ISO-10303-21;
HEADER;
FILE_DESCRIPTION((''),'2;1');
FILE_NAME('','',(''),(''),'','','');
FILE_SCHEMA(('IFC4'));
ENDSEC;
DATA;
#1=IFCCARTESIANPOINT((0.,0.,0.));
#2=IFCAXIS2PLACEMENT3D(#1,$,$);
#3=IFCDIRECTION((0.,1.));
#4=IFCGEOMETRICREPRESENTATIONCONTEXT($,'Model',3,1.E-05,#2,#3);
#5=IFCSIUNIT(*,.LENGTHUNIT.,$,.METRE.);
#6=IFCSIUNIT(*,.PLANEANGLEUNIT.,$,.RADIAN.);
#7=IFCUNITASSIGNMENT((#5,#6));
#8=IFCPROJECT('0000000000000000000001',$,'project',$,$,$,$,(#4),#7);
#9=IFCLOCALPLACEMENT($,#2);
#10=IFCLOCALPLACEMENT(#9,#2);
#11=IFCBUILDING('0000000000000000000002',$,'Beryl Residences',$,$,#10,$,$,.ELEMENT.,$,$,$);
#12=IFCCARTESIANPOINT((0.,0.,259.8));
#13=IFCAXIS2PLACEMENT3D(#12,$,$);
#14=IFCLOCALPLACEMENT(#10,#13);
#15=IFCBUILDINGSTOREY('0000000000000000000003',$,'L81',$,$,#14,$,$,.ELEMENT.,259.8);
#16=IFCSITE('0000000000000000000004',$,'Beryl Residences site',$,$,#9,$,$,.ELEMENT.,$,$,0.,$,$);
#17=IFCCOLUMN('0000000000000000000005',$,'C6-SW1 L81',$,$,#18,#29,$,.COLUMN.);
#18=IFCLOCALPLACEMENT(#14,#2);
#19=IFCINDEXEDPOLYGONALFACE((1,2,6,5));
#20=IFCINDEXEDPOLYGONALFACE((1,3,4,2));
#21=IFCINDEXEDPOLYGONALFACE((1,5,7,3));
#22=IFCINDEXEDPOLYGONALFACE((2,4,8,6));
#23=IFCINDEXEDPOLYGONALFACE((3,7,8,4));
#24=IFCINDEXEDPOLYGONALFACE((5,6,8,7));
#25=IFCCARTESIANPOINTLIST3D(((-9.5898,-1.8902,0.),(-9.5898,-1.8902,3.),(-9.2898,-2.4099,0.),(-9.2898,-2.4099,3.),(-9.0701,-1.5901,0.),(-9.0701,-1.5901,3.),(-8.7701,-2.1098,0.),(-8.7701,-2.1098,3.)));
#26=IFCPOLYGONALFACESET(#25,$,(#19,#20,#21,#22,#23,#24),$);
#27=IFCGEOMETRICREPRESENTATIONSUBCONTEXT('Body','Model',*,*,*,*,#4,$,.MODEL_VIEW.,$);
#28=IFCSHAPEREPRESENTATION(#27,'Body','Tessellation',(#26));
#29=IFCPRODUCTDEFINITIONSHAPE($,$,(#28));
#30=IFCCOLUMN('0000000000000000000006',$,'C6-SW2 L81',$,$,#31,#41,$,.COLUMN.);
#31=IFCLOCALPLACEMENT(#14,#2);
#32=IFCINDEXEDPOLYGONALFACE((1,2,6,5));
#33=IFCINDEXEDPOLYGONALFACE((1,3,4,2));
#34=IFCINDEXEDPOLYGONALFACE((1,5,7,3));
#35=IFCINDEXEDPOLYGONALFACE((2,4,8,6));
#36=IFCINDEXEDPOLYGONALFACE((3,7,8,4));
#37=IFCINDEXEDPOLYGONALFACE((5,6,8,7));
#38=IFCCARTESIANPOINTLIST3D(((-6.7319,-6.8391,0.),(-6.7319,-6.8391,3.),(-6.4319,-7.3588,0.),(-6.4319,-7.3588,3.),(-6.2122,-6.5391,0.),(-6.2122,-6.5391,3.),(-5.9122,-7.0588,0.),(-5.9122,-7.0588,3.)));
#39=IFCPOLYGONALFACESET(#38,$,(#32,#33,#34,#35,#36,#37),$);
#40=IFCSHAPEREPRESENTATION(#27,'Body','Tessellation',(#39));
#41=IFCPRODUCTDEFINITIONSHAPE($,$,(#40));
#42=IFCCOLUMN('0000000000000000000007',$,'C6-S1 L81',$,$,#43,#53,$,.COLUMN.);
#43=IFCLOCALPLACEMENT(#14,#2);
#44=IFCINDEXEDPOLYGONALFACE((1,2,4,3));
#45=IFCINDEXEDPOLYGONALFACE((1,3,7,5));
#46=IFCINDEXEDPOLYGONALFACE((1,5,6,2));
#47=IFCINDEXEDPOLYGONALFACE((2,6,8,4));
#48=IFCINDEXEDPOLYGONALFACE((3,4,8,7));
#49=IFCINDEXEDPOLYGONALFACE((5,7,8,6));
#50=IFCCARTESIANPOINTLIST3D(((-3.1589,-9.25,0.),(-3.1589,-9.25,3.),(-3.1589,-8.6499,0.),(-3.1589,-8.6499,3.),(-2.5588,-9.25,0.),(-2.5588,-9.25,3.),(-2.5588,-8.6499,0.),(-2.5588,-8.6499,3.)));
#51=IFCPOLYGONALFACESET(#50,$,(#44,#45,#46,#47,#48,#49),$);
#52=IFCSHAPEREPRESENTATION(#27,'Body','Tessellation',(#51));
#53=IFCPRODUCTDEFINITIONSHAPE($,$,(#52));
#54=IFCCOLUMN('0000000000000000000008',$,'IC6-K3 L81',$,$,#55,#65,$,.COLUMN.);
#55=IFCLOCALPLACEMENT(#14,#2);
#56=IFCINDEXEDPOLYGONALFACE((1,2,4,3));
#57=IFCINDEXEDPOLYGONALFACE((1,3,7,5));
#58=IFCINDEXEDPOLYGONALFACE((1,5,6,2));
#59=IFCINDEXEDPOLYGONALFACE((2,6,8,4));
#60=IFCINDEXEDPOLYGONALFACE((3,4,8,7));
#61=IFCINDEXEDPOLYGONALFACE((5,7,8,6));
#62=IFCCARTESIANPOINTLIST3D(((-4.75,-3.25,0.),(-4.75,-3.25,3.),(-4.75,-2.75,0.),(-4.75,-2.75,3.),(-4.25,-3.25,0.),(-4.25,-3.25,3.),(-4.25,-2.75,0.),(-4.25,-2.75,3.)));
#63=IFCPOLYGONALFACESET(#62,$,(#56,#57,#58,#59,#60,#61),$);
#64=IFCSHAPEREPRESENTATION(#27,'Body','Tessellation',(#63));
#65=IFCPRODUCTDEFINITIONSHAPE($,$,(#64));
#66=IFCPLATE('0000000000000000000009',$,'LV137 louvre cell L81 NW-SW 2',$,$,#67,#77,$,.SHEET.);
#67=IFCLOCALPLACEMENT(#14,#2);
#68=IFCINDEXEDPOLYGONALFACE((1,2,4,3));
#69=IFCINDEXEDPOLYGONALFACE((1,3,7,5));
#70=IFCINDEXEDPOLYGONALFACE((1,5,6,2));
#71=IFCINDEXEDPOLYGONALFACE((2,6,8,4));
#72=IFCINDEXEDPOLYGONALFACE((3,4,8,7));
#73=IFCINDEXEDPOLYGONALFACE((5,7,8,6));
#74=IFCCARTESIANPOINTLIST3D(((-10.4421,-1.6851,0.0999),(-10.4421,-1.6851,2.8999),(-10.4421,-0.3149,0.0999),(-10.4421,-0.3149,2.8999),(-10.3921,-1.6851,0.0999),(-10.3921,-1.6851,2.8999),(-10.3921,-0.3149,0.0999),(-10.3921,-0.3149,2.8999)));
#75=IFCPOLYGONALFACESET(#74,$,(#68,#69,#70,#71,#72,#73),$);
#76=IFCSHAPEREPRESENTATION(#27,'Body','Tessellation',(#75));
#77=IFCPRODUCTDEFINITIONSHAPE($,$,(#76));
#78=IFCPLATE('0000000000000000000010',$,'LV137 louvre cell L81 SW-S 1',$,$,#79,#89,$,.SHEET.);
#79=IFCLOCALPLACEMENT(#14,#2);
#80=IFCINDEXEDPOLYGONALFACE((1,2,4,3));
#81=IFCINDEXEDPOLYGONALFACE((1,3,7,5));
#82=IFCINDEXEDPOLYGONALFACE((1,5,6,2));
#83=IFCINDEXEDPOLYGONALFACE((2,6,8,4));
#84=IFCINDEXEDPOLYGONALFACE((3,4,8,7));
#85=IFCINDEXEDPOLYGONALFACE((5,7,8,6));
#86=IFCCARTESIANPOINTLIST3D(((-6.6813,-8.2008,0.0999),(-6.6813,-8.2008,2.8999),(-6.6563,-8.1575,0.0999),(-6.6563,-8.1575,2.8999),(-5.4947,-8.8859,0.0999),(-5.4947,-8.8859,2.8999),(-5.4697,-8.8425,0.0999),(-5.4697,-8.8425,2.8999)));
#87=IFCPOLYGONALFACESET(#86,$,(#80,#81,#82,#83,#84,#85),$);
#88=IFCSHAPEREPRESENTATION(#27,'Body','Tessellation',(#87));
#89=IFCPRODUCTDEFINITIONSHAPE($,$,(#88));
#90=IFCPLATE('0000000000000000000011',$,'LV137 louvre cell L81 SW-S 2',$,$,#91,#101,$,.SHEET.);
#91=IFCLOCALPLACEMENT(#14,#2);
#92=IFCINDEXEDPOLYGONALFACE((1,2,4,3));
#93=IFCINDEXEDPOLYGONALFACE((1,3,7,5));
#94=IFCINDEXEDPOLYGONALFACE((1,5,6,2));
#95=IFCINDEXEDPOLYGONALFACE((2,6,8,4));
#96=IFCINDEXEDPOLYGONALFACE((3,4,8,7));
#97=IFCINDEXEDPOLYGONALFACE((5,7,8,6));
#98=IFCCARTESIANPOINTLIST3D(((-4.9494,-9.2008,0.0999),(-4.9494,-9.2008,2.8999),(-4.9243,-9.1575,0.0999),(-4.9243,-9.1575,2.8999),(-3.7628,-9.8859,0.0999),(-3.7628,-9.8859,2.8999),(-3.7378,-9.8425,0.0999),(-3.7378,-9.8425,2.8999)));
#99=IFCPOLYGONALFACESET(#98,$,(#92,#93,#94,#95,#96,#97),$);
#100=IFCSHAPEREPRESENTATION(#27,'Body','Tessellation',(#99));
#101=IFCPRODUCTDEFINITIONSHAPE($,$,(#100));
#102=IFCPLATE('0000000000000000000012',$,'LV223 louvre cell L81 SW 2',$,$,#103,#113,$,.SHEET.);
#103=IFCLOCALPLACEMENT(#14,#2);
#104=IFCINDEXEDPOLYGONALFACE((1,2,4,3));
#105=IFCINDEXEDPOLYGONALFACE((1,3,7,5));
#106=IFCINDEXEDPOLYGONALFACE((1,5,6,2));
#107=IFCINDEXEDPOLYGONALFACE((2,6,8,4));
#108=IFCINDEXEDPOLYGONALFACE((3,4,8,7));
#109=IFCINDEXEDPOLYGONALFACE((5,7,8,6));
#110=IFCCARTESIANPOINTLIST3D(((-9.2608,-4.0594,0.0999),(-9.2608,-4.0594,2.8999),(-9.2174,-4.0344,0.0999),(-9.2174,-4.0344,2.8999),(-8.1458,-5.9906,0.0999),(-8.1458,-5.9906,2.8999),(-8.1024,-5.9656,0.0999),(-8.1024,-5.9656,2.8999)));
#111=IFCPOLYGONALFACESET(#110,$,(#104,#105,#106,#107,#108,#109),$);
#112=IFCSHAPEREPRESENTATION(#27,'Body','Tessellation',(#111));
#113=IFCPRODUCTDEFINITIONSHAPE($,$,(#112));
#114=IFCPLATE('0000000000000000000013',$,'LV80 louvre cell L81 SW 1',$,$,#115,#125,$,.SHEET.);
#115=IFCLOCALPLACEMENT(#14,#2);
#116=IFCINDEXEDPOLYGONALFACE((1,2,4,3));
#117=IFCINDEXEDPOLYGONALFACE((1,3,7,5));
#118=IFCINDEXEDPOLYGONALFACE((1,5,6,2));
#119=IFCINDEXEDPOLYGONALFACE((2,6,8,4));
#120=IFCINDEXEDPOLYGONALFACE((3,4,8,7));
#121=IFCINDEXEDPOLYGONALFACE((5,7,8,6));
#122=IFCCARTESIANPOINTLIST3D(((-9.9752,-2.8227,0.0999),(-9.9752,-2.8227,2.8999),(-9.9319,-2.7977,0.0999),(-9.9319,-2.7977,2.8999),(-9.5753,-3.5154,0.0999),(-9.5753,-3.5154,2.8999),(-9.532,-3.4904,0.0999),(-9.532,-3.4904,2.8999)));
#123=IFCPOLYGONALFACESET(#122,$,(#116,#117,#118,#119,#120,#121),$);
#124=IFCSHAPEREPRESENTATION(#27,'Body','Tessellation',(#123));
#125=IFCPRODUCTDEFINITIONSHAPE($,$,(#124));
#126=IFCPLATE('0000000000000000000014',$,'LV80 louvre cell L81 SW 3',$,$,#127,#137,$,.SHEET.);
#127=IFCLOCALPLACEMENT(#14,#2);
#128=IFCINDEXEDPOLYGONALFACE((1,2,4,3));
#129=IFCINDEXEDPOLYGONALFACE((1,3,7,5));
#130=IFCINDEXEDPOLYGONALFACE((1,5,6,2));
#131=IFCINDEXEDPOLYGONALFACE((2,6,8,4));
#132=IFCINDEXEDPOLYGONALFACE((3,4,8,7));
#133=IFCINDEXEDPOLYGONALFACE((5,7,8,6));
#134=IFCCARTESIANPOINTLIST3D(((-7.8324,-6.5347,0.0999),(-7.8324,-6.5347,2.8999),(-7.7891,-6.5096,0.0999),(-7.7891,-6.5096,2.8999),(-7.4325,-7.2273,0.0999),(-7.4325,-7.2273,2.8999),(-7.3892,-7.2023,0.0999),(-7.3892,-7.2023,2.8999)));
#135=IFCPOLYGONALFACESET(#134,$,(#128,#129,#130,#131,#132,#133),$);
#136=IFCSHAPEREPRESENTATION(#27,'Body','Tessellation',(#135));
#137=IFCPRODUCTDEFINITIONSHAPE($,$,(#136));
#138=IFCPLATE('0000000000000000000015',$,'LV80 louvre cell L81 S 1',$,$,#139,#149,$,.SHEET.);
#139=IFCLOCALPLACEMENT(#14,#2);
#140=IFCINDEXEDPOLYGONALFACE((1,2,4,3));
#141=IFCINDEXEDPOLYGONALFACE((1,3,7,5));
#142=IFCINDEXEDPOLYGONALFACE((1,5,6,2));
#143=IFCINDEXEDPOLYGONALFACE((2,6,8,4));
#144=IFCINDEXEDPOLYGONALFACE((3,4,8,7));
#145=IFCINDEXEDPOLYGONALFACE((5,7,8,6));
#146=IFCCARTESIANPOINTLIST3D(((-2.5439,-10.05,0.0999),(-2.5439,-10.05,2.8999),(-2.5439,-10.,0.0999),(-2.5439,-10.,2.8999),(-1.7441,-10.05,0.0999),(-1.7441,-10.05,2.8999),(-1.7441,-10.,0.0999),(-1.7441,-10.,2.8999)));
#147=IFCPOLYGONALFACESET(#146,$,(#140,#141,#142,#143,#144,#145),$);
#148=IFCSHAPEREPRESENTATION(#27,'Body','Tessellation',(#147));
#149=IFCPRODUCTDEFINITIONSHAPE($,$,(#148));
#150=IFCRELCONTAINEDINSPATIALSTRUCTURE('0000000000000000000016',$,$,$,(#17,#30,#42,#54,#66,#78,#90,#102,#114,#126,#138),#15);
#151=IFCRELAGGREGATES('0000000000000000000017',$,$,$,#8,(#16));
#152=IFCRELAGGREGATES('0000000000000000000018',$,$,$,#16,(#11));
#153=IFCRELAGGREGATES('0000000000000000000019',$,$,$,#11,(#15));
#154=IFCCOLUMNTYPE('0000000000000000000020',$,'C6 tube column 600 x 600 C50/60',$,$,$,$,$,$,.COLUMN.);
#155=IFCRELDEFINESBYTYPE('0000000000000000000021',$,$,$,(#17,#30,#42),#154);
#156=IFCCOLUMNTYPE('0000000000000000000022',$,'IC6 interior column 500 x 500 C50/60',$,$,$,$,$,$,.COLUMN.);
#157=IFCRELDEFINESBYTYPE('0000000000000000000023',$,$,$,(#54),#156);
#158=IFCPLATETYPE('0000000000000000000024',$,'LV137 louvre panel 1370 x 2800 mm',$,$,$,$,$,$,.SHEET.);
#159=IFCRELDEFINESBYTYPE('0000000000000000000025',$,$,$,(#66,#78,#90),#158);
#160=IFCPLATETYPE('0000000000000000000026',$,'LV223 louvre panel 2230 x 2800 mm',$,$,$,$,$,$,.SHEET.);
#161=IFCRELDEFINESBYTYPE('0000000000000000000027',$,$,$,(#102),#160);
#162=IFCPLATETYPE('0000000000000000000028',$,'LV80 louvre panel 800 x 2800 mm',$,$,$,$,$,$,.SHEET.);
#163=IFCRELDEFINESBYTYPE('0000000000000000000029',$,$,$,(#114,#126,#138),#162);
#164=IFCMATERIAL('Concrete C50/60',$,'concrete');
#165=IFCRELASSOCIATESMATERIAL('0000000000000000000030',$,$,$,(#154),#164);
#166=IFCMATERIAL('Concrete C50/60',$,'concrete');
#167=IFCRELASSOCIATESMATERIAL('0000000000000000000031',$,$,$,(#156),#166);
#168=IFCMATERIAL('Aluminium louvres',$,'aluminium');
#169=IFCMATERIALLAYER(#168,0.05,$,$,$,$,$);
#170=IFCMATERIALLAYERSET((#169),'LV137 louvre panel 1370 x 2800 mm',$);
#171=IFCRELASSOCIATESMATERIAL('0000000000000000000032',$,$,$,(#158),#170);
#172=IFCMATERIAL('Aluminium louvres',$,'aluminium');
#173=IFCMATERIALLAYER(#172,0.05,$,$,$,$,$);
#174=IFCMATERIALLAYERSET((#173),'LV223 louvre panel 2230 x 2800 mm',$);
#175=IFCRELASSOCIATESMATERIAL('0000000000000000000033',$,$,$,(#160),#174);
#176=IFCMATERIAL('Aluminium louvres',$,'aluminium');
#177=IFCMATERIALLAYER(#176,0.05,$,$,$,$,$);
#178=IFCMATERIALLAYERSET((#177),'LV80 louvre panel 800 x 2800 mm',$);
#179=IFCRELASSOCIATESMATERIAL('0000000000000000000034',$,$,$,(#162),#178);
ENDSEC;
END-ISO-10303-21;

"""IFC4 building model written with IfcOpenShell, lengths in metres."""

from ifc_helpers import new_model, si_unit, direction, frame, origin, origin_2d, place, context, subcontext, project, spatial, polyline, rectangle, outline, extrude, source, transform, mapped, material, layer, layer_set, material_profile, profile_set, type_object, type_shapes, element, save


model = new_model("IFC4")

# Units and contexts
model_context = context("Model", 3, precision=1e-05, world=origin(), true_north=direction((0.0, 1.0)))
body_context = subcontext(model_context, "Body", "Model", "MODEL_VIEW")
ifc_project = project(units=[si_unit("LENGTHUNIT", "METRE"), si_unit("PLANEANGLEUNIT", "RADIAN")], contexts=[model_context])

# Site, building, storey
site_placement = place(None, origin())
site = spatial("IfcSite", under=ifc_project, at=site_placement, Name="Beryl Residences site", CompositionType="ELEMENT", RefElevation=0.0)
building_placement = place(site_placement, origin())
building = spatial("IfcBuilding", under=site, at=building_placement, Name="Beryl Residences", CompositionType="ELEMENT")
storey_placement = place(building_placement, frame((0.0, 0.0, 259.8)))
storey = spatial("IfcBuildingStorey", under=building, at=storey_placement, Name="L81", CompositionType="ELEMENT", Elevation=259.8)

# Columns
ifc_material_1 = material(Name="Concrete C50/60", Category="concrete")
ifc_material_profile_1 = material_profile(ifc_material_1, rectangle(XDim=0.6001, YDim=0.6001, at=origin_2d()))
ifc_profile_set_1 = profile_set([ifc_material_profile_1], Name="Concrete C50/60")
column_type_1 = type_object("IfcColumnType", Name="C6 tube column 600 x 600 C50/60", PredefinedType="COLUMN", material=ifc_profile_set_1)
for number, where, z_axis, x_axis, name in (
    (1, (-9.1799, -2.0, 0.0), (0.0, 0.0, 1.0), (0.49997, -0.866043, 0.0), "C6-SW1 L81"),
    (2, (-6.322, -6.949, 0.0), (0.0, 0.0, 1.0), (0.49997, -0.866043, 0.0), "C6-SW2 L81"),
    (3, (-2.8589, -8.95, 0.0), (0.0, 0.0, 1.0), (1.0, 0.0, 0.0), "C6-S1 L81"),
):
    element("IfcColumn", number, at=place(storey_placement, frame(where, z_axis=z_axis, x_axis=x_axis)), inside=storey, type_object=column_type_1, Name=name, PredefinedType="COLUMN", context=body_context, shape_type="SweptSolid", body=[
        extrude(rectangle(XDim=0.6001, YDim=0.6001, at=origin_2d()), origin(), (0.0, 0.0, 1.0), 3.0),
    ])
ifc_material_2 = material(Name="Concrete C50/60", Category="concrete")
ifc_material_profile_2 = material_profile(ifc_material_2, rectangle(XDim=0.5, YDim=0.5, at=origin_2d()))
ifc_profile_set_2 = profile_set([ifc_material_profile_2], Name="Concrete C50/60")
column_type_2 = type_object("IfcColumnType", Name="IC6 interior column 500 x 500 C50/60", PredefinedType="COLUMN", material=ifc_profile_set_2)
column_placement = place(storey_placement, frame((-4.5, -3.0, 0.0), z_axis=(0.0, 0.0, 1.0), x_axis=(1.0, 0.0, 0.0)))
element("IfcColumn", 4, at=column_placement, inside=storey, type_object=column_type_2, Name="IC6-K3 L81", PredefinedType="COLUMN", context=body_context, shape_type="SweptSolid", body=[
    extrude(rectangle(XDim=0.5, YDim=0.5, at=origin_2d()), origin(), (0.0, 0.0, 1.0), 3.0),
])

# Plates
ifc_material_3 = material(Name="Aluminium louvres", Category="aluminium")
ifc_layer_1 = layer(ifc_material_3, 0.05)
ifc_layer_set_1 = layer_set([ifc_layer_1], Name="LV137 louvre panel 1370 x 2800 mm")
plate_type_1 = type_object("IfcPlateType", Name="LV137 louvre panel 1370 x 2800 mm", PredefinedType="SHEET", material=ifc_layer_set_1)
shared_shape_1 = source(origin(), body_context, "Body", "SweptSolid", [
    extrude(outline(polyline([(-0.6851, 0.0), (0.6851, 0.0), (0.6851, 0.05), (-0.6851, 0.05), (-0.6851, 0.0)])), origin(), (0.0, 0.0, 1.0), 2.8),
])
type_shapes(plate_type_1, [shared_shape_1])
for number, where, z_axis, x_axis, name in (
    (5, (-10.3921, -1.0, 0.0999), (0.0, 0.0, 1.0), (0.0, 1.0, 0.0), "LV137 louvre cell L81 NW-SW 2"),
    (6, (-6.063, -8.5, 0.0999), (0.0, 0.0, 1.0), (-0.866025, 0.5, 0.0), "LV137 louvre cell L81 SW-S 1"),
    (7, (-4.3311, -9.5, 0.0999), (0.0, 0.0, 1.0), (-0.866025, 0.5, 0.0), "LV137 louvre cell L81 SW-S 2"),
):
    element("IfcPlate", number, at=place(storey_placement, frame(where, z_axis=z_axis, x_axis=x_axis)), inside=storey, type_object=plate_type_1, Name=name, PredefinedType="SHEET", context=body_context, shape_type="MappedRepresentation", body=[
        mapped(shared_shape_1, transform((0.0, 0.0, 0.0))),
    ])
ifc_material_4 = material(Name="Aluminium louvres", Category="aluminium")
ifc_layer_2 = layer(ifc_material_4, 0.05)
ifc_layer_set_2 = layer_set([ifc_layer_2], Name="LV223 louvre panel 2230 x 2800 mm")
plate_type_2 = type_object("IfcPlateType", Name="LV223 louvre panel 2230 x 2800 mm", PredefinedType="SHEET", material=ifc_layer_set_2)
shared_shape_2 = source(origin(), body_context, "Body", "SweptSolid", [
    extrude(outline(polyline([(-1.115, 0.0), (1.115, 0.0), (1.115, 0.05), (-1.115, 0.05), (-1.115, 0.0)])), origin(), (0.0, 0.0, 1.0), 2.8),
])
type_shapes(plate_type_2, [shared_shape_2])
plate_placement = place(storey_placement, frame((-8.6599, -5.0, 0.0999), z_axis=(0.0, 0.0, 1.0), x_axis=(-0.5, 0.866025, 0.0)))
element("IfcPlate", 8, at=plate_placement, inside=storey, type_object=plate_type_2, Name="LV223 louvre cell L81 SW 2", PredefinedType="SHEET", context=body_context, shape_type="MappedRepresentation", body=[
    mapped(shared_shape_2, transform((0.0, 0.0, 0.0))),
])
ifc_material_5 = material(Name="Aluminium louvres", Category="aluminium")
ifc_layer_3 = layer(ifc_material_5, 0.05)
ifc_layer_set_3 = layer_set([ifc_layer_3], Name="LV80 louvre panel 800 x 2800 mm")
plate_type_3 = type_object("IfcPlateType", Name="LV80 louvre panel 800 x 2800 mm", PredefinedType="SHEET", material=ifc_layer_set_3)
shared_shape_3 = source(origin(), body_context, "Body", "SweptSolid", [
    extrude(outline(polyline([(-0.3999, 0.0), (0.3999, 0.0), (0.3999, 0.05), (-0.3999, 0.05), (-0.3999, 0.0)])), origin(), (0.0, 0.0, 1.0), 2.8),
])
type_shapes(plate_type_3, [shared_shape_3])
for number, where, z_axis, x_axis, name in (
    (9, (-9.7319, -3.144, 0.0999), (0.0, 0.0, 1.0), (-0.5, 0.866025, 0.0), "LV80 louvre cell L81 SW 1"),
    (10, (-7.5891, -6.856, 0.0999), (0.0, 0.0, 1.0), (-0.5, 0.866025, 0.0), "LV80 louvre cell L81 SW 3"),
    (11, (-2.144, -10.0, 0.0999), (0.0, 0.0, 1.0), (-1.0, 0.0, 0.0), "LV80 louvre cell L81 S 1"),
):
    element("IfcPlate", number, at=place(storey_placement, frame(where, z_axis=z_axis, x_axis=x_axis)), inside=storey, type_object=plate_type_3, Name=name, PredefinedType="SHEET", context=body_context, shape_type="MappedRepresentation", body=[
        mapped(shared_shape_3, transform((0.0, 0.0, 0.0))),
    ])

save(model, "model.ifc")
